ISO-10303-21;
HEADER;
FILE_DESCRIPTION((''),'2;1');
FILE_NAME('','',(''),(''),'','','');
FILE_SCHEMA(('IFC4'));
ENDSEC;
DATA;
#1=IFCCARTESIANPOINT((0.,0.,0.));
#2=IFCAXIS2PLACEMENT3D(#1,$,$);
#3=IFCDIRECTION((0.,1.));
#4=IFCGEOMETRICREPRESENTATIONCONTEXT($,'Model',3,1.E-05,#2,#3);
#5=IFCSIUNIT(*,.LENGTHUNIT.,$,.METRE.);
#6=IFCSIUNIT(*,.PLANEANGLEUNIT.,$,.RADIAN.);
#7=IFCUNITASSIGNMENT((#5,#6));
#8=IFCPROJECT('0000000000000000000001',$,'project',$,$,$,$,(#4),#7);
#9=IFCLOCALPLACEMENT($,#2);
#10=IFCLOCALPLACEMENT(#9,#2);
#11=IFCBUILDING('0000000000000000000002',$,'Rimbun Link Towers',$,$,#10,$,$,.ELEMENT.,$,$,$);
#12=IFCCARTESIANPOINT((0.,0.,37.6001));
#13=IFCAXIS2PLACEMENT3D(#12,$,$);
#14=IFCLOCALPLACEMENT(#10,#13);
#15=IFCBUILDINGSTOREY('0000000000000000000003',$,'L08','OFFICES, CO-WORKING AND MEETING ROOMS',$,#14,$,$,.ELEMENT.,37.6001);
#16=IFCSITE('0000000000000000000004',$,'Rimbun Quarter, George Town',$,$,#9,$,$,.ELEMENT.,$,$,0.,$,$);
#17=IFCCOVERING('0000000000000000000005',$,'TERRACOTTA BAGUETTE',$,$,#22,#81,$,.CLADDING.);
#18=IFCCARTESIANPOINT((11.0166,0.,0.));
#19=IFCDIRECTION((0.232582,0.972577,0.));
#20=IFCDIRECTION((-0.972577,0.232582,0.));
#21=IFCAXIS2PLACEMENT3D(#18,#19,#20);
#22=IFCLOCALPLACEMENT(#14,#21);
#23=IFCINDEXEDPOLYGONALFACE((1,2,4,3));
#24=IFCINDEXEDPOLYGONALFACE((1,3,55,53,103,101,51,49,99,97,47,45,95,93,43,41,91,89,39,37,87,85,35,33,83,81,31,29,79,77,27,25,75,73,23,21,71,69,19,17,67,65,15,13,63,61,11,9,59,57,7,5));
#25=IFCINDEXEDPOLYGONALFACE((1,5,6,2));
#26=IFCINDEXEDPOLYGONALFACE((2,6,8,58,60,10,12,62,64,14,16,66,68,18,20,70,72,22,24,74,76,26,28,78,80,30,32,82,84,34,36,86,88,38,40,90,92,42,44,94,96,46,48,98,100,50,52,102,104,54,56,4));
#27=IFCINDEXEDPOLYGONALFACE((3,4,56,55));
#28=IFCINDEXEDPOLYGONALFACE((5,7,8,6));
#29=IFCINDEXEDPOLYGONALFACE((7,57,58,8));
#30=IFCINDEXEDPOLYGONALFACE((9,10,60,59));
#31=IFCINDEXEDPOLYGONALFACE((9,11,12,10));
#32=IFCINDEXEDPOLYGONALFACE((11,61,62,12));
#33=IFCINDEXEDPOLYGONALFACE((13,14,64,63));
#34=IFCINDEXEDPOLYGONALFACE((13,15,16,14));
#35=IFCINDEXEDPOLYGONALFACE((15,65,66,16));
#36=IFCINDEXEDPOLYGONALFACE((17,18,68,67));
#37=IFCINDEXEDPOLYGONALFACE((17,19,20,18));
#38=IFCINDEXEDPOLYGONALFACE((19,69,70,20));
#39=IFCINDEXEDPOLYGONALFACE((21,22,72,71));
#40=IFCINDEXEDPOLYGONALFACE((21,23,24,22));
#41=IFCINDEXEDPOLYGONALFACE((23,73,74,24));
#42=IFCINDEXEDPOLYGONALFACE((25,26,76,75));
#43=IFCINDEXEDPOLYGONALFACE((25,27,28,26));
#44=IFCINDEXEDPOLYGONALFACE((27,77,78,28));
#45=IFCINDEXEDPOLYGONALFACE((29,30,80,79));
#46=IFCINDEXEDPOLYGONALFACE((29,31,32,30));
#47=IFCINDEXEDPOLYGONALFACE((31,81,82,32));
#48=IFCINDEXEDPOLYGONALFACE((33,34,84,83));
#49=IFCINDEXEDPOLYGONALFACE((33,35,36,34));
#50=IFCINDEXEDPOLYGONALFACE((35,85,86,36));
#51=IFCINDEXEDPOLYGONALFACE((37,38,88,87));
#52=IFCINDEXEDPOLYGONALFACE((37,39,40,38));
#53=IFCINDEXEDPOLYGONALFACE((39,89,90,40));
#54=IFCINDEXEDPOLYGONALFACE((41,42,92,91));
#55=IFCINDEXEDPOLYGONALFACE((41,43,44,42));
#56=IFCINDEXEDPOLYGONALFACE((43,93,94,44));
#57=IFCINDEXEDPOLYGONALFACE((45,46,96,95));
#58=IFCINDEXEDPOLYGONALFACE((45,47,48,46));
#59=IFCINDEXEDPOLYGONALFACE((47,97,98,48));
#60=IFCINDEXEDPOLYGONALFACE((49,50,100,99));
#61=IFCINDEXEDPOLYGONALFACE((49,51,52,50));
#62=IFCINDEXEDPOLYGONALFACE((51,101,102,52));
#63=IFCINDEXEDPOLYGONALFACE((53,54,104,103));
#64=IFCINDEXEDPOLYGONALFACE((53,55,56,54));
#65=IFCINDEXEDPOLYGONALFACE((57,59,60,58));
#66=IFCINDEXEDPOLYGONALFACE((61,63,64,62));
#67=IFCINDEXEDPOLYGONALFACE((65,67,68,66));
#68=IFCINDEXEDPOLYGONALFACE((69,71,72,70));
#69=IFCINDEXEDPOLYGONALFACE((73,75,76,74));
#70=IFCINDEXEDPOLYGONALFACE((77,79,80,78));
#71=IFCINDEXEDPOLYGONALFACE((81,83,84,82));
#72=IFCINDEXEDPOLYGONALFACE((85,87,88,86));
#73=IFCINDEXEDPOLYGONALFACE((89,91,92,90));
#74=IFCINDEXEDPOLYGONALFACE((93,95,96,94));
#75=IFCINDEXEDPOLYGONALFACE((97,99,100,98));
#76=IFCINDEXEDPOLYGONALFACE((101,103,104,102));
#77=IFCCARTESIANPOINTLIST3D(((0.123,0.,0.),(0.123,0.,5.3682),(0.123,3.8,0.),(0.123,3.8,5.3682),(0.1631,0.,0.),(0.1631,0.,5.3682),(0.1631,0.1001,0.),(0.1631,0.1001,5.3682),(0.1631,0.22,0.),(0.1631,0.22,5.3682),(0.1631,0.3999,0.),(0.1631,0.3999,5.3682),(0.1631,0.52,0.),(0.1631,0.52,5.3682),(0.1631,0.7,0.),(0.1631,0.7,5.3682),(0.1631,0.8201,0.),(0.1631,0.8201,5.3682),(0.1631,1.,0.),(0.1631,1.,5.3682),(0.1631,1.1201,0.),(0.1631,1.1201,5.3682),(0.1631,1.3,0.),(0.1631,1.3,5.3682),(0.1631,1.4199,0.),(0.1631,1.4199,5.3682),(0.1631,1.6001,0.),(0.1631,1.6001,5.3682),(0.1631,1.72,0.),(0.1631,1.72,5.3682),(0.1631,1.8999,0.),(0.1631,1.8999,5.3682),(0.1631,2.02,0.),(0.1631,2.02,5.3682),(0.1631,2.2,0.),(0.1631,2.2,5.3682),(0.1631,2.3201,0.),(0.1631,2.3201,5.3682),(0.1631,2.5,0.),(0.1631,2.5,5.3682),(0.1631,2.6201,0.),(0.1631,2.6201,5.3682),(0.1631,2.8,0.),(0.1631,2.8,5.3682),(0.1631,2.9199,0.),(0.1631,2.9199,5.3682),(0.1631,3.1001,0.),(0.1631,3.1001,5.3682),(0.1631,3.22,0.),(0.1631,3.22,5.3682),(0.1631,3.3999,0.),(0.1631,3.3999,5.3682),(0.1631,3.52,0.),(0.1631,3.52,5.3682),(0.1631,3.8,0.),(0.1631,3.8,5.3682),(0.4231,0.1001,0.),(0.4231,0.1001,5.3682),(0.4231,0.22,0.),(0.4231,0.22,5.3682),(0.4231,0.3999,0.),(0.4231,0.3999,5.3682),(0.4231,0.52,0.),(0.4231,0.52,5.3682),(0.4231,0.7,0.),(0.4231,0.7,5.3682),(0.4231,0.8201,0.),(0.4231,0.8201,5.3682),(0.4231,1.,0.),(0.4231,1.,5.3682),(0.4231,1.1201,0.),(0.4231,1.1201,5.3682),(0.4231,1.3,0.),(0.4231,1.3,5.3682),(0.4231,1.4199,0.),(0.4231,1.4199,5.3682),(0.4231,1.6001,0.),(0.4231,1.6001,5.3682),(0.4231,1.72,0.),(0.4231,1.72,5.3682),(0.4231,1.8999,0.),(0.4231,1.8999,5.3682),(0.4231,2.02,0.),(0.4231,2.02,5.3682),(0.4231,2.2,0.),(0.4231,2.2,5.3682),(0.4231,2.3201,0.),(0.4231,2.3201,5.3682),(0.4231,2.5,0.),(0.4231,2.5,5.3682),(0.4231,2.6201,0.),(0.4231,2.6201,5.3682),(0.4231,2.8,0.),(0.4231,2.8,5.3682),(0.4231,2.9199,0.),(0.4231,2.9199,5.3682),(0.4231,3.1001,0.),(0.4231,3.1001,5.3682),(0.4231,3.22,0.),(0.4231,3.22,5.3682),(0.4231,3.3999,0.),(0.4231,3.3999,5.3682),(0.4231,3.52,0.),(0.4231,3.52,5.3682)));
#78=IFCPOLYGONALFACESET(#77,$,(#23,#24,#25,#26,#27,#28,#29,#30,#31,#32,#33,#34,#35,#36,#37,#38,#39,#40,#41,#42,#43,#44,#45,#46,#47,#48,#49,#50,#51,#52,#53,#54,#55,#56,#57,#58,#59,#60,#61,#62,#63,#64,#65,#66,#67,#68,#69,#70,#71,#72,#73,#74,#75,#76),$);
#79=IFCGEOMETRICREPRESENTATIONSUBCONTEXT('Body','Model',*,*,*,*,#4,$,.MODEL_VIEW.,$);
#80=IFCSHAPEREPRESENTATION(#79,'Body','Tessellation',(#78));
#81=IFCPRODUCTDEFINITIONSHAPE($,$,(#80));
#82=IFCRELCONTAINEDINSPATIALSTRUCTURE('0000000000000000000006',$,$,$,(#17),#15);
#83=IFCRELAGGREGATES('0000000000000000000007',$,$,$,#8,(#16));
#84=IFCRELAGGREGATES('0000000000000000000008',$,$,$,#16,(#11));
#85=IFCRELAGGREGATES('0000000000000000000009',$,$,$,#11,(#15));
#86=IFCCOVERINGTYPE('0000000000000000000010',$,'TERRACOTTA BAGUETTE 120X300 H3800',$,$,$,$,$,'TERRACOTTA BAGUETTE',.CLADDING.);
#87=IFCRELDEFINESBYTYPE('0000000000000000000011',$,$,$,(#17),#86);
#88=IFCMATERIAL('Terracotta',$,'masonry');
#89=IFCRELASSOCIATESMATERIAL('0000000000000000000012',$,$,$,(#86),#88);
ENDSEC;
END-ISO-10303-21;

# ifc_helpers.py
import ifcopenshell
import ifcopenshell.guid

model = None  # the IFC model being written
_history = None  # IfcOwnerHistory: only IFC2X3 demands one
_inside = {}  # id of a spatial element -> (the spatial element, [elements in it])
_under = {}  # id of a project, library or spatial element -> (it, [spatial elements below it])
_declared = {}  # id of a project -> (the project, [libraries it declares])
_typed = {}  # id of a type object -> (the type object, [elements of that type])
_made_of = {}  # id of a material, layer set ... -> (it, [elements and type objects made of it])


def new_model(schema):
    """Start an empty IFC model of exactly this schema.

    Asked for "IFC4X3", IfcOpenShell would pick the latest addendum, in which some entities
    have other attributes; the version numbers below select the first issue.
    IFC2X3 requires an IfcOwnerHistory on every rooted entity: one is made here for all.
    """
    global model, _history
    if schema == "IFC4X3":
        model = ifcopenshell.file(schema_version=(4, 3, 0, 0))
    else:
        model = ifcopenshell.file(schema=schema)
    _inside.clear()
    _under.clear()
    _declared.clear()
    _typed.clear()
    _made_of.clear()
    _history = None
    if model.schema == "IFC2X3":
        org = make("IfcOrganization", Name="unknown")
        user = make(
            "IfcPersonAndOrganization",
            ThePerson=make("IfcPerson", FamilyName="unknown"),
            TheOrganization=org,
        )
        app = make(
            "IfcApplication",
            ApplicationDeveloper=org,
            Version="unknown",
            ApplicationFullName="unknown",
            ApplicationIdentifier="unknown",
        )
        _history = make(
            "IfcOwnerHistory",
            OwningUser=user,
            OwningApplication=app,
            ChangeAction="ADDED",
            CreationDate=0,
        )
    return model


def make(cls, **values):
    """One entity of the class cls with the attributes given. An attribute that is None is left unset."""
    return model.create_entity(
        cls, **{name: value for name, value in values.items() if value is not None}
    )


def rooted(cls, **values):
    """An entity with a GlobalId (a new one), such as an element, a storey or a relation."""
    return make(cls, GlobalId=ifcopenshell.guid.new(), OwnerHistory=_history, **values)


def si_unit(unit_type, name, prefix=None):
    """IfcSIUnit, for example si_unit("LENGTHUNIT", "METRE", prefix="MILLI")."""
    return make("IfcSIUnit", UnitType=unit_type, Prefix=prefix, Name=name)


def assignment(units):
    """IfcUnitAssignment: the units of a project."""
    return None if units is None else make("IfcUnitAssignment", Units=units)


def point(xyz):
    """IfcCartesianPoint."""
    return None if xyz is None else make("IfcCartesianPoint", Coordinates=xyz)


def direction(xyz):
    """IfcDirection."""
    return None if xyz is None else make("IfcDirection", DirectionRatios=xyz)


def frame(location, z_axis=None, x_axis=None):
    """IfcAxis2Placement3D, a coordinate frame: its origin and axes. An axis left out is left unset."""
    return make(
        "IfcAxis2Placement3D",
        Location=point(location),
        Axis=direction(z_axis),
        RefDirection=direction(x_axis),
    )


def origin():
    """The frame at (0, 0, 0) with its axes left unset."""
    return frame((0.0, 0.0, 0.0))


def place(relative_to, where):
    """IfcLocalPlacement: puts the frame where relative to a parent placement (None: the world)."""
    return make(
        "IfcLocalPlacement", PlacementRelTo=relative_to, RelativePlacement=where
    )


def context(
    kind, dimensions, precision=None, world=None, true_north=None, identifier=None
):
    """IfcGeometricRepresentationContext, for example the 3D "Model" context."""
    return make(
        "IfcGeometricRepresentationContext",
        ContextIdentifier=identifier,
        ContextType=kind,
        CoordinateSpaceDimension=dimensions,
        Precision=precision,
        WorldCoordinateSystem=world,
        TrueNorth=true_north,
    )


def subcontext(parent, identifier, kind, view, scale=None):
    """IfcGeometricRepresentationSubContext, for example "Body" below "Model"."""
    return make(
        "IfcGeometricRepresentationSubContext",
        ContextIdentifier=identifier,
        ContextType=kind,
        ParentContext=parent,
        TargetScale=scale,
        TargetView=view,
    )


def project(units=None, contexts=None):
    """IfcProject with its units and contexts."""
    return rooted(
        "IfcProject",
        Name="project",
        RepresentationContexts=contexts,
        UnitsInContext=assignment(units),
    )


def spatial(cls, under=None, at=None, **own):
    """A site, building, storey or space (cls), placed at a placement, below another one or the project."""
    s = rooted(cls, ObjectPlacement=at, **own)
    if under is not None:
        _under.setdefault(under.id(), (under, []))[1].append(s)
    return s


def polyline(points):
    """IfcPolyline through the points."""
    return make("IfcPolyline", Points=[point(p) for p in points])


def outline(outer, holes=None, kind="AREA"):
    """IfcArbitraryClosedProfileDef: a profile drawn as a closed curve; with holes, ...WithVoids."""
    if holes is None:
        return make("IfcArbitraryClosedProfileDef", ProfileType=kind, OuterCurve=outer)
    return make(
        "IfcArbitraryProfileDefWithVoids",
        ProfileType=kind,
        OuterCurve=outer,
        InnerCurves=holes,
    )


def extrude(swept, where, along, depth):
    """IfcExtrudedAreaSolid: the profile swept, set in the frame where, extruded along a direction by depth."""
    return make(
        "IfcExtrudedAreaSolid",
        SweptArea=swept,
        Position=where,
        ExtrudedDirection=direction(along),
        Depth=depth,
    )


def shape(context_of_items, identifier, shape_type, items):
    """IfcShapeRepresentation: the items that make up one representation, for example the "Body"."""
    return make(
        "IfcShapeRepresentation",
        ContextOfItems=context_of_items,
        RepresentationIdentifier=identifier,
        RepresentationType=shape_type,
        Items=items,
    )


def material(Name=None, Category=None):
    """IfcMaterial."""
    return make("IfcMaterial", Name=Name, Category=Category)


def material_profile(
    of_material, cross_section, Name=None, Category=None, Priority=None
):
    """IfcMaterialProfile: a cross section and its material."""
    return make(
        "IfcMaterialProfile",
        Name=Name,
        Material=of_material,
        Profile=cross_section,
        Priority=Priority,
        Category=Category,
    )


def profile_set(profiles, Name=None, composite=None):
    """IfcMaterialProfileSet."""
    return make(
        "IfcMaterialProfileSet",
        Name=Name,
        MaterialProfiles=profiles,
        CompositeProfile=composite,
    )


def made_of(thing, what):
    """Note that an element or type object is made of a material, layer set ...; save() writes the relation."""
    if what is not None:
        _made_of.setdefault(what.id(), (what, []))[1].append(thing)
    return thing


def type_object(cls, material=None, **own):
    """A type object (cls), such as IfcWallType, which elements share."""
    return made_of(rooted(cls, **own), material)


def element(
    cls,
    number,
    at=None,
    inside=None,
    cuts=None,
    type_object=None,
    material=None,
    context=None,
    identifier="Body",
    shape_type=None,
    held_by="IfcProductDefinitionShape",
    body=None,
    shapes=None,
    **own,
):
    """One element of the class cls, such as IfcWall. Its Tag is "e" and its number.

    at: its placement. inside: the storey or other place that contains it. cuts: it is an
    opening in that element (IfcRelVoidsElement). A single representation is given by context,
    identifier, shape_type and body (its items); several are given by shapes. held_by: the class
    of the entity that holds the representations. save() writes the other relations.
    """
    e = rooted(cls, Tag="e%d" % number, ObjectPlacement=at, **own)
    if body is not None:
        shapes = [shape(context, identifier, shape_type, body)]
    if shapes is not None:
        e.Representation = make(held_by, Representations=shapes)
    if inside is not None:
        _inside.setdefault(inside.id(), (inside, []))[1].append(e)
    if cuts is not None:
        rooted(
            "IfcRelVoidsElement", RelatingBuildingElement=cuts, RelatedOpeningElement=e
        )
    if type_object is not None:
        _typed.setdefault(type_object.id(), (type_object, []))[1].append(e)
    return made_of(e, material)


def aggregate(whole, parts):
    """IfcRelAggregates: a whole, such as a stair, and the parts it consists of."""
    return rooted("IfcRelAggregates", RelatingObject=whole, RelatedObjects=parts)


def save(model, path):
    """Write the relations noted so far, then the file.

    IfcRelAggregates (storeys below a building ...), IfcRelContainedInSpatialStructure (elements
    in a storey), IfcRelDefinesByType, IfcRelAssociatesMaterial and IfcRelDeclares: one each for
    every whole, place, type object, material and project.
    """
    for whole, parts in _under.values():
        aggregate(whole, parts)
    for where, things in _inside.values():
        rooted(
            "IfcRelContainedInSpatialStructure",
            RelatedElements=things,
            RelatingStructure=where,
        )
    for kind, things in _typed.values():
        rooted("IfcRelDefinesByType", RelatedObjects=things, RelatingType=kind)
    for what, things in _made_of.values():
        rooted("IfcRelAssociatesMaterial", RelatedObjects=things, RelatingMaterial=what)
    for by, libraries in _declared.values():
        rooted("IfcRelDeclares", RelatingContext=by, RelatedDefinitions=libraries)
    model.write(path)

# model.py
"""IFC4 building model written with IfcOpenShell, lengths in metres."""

from ifc_helpers import new_model, si_unit, direction, frame, origin, place, context, subcontext, project, spatial, polyline, outline, extrude, material, material_profile, profile_set, type_object, element, save


model = new_model("IFC4")

# Units and contexts
model_context = context("Model", 3, precision=1e-05, world=origin(), true_north=direction((0.0, 1.0)))
body_context = subcontext(model_context, "Body", "Model", "MODEL_VIEW")
ifc_project = project(units=[si_unit("LENGTHUNIT", "METRE"), si_unit("PLANEANGLEUNIT", "RADIAN")], contexts=[model_context])

# Site, building, storey
site_placement = place(None, origin())
site = spatial("IfcSite", under=ifc_project, at=site_placement, Name="Rimbun Quarter, George Town", CompositionType="ELEMENT", RefElevation=0.0)
building_placement = place(site_placement, origin())
building = spatial("IfcBuilding", under=site, at=building_placement, Name="Rimbun Link Towers", CompositionType="ELEMENT")
storey_placement = place(building_placement, frame((0.0, 0.0, 37.6001)))
storey = spatial("IfcBuildingStorey", under=building, at=storey_placement, Name="L08", Description="OFFICES, CO-WORKING AND MEETING ROOMS", CompositionType="ELEMENT", Elevation=37.6001)

# Covering
ifc_material_1 = material(Name="Terracotta", Category="masonry")
ifc_material_profile_1 = material_profile(ifc_material_1, outline(polyline([(0.123, 0.0), (0.1631, 0.0), (0.1631, 0.1001), (0.4231, 0.1001), (0.4231, 0.22), (0.1631, 0.22), (0.1631, 0.3999), (0.4231, 0.3999), (0.4231, 0.52), (0.1631, 0.52), (0.1631, 0.7), (0.4231, 0.7), (0.4231, 0.8201), (0.1631, 0.8201), (0.1631, 1.0), (0.4231, 1.0), (0.4231, 1.1201), (0.1631, 1.1201), (0.1631, 1.3), (0.4231, 1.3), (0.4231, 1.4199), (0.1631, 1.4199), (0.1631, 1.6001), (0.4231, 1.6001), (0.4231, 1.72), (0.1631, 1.72), (0.1631, 1.8999), (0.4231, 1.8999), (0.4231, 2.02), (0.1631, 2.02), (0.1631, 2.2), (0.4231, 2.2), (0.4231, 2.3201), (0.1631, 2.3201), (0.1631, 2.5), (0.4231, 2.5), (0.4231, 2.6201), (0.1631, 2.6201), (0.1631, 2.8), (0.4231, 2.8), (0.4231, 2.9199), (0.1631, 2.9199), (0.1631, 3.1001), (0.4231, 3.1001), (0.4231, 3.22), (0.1631, 3.22), (0.1631, 3.3999), (0.4231, 3.3999), (0.4231, 3.52), (0.1631, 3.52), (0.1631, 3.8), (0.123, 3.8), (0.123, 0.0)])), Name="BAGUETTE 120X300")
ifc_profile_set_1 = profile_set([ifc_material_profile_1], Name="Terracotta")
covering_type_1 = type_object("IfcCoveringType", Name="TERRACOTTA BAGUETTE 120X300 H3800", ElementType="TERRACOTTA BAGUETTE", PredefinedType="CLADDING", material=ifc_profile_set_1)
covering_1_placement = place(storey_placement, frame((11.0166, 0.0, 0.0), z_axis=(0.232582, 0.972577, 0.0), x_axis=(-0.972577, 0.232582, 0.0)))
element("IfcCovering", 1, at=covering_1_placement, inside=storey, type_object=covering_type_1, Name="TERRACOTTA BAGUETTE", PredefinedType="CLADDING", context=body_context, shape_type="SweptSolid", body=[
    extrude(outline(polyline([(0.123, 0.0), (0.1631, 0.0), (0.1631, 0.1001), (0.4231, 0.1001), (0.4231, 0.22), (0.1631, 0.22), (0.1631, 0.3999), (0.4231, 0.3999), (0.4231, 0.52), (0.1631, 0.52), (0.1631, 0.7), (0.4231, 0.7), (0.4231, 0.8201), (0.1631, 0.8201), (0.1631, 1.0), (0.4231, 1.0), (0.4231, 1.1201), (0.1631, 1.1201), (0.1631, 1.3), (0.4231, 1.3), (0.4231, 1.4199), (0.1631, 1.4199), (0.1631, 1.6001), (0.4231, 1.6001), (0.4231, 1.72), (0.1631, 1.72), (0.1631, 1.8999), (0.4231, 1.8999), (0.4231, 2.02), (0.1631, 2.02), (0.1631, 2.2), (0.4231, 2.2), (0.4231, 2.3201), (0.1631, 2.3201), (0.1631, 2.5), (0.4231, 2.5), (0.4231, 2.6201), (0.1631, 2.6201), (0.1631, 2.8), (0.4231, 2.8), (0.4231, 2.9199), (0.1631, 2.9199), (0.1631, 3.1001), (0.4231, 3.1001), (0.4231, 3.22), (0.1631, 3.22), (0.1631, 3.3999), (0.4231, 3.3999), (0.4231, 3.52), (0.1631, 3.52), (0.1631, 3.8), (0.123, 3.8), (0.123, 0.0)])), origin(), (0.0, 0.0, 1.0), 5.3682),
])

save(model, "model.ifc")
